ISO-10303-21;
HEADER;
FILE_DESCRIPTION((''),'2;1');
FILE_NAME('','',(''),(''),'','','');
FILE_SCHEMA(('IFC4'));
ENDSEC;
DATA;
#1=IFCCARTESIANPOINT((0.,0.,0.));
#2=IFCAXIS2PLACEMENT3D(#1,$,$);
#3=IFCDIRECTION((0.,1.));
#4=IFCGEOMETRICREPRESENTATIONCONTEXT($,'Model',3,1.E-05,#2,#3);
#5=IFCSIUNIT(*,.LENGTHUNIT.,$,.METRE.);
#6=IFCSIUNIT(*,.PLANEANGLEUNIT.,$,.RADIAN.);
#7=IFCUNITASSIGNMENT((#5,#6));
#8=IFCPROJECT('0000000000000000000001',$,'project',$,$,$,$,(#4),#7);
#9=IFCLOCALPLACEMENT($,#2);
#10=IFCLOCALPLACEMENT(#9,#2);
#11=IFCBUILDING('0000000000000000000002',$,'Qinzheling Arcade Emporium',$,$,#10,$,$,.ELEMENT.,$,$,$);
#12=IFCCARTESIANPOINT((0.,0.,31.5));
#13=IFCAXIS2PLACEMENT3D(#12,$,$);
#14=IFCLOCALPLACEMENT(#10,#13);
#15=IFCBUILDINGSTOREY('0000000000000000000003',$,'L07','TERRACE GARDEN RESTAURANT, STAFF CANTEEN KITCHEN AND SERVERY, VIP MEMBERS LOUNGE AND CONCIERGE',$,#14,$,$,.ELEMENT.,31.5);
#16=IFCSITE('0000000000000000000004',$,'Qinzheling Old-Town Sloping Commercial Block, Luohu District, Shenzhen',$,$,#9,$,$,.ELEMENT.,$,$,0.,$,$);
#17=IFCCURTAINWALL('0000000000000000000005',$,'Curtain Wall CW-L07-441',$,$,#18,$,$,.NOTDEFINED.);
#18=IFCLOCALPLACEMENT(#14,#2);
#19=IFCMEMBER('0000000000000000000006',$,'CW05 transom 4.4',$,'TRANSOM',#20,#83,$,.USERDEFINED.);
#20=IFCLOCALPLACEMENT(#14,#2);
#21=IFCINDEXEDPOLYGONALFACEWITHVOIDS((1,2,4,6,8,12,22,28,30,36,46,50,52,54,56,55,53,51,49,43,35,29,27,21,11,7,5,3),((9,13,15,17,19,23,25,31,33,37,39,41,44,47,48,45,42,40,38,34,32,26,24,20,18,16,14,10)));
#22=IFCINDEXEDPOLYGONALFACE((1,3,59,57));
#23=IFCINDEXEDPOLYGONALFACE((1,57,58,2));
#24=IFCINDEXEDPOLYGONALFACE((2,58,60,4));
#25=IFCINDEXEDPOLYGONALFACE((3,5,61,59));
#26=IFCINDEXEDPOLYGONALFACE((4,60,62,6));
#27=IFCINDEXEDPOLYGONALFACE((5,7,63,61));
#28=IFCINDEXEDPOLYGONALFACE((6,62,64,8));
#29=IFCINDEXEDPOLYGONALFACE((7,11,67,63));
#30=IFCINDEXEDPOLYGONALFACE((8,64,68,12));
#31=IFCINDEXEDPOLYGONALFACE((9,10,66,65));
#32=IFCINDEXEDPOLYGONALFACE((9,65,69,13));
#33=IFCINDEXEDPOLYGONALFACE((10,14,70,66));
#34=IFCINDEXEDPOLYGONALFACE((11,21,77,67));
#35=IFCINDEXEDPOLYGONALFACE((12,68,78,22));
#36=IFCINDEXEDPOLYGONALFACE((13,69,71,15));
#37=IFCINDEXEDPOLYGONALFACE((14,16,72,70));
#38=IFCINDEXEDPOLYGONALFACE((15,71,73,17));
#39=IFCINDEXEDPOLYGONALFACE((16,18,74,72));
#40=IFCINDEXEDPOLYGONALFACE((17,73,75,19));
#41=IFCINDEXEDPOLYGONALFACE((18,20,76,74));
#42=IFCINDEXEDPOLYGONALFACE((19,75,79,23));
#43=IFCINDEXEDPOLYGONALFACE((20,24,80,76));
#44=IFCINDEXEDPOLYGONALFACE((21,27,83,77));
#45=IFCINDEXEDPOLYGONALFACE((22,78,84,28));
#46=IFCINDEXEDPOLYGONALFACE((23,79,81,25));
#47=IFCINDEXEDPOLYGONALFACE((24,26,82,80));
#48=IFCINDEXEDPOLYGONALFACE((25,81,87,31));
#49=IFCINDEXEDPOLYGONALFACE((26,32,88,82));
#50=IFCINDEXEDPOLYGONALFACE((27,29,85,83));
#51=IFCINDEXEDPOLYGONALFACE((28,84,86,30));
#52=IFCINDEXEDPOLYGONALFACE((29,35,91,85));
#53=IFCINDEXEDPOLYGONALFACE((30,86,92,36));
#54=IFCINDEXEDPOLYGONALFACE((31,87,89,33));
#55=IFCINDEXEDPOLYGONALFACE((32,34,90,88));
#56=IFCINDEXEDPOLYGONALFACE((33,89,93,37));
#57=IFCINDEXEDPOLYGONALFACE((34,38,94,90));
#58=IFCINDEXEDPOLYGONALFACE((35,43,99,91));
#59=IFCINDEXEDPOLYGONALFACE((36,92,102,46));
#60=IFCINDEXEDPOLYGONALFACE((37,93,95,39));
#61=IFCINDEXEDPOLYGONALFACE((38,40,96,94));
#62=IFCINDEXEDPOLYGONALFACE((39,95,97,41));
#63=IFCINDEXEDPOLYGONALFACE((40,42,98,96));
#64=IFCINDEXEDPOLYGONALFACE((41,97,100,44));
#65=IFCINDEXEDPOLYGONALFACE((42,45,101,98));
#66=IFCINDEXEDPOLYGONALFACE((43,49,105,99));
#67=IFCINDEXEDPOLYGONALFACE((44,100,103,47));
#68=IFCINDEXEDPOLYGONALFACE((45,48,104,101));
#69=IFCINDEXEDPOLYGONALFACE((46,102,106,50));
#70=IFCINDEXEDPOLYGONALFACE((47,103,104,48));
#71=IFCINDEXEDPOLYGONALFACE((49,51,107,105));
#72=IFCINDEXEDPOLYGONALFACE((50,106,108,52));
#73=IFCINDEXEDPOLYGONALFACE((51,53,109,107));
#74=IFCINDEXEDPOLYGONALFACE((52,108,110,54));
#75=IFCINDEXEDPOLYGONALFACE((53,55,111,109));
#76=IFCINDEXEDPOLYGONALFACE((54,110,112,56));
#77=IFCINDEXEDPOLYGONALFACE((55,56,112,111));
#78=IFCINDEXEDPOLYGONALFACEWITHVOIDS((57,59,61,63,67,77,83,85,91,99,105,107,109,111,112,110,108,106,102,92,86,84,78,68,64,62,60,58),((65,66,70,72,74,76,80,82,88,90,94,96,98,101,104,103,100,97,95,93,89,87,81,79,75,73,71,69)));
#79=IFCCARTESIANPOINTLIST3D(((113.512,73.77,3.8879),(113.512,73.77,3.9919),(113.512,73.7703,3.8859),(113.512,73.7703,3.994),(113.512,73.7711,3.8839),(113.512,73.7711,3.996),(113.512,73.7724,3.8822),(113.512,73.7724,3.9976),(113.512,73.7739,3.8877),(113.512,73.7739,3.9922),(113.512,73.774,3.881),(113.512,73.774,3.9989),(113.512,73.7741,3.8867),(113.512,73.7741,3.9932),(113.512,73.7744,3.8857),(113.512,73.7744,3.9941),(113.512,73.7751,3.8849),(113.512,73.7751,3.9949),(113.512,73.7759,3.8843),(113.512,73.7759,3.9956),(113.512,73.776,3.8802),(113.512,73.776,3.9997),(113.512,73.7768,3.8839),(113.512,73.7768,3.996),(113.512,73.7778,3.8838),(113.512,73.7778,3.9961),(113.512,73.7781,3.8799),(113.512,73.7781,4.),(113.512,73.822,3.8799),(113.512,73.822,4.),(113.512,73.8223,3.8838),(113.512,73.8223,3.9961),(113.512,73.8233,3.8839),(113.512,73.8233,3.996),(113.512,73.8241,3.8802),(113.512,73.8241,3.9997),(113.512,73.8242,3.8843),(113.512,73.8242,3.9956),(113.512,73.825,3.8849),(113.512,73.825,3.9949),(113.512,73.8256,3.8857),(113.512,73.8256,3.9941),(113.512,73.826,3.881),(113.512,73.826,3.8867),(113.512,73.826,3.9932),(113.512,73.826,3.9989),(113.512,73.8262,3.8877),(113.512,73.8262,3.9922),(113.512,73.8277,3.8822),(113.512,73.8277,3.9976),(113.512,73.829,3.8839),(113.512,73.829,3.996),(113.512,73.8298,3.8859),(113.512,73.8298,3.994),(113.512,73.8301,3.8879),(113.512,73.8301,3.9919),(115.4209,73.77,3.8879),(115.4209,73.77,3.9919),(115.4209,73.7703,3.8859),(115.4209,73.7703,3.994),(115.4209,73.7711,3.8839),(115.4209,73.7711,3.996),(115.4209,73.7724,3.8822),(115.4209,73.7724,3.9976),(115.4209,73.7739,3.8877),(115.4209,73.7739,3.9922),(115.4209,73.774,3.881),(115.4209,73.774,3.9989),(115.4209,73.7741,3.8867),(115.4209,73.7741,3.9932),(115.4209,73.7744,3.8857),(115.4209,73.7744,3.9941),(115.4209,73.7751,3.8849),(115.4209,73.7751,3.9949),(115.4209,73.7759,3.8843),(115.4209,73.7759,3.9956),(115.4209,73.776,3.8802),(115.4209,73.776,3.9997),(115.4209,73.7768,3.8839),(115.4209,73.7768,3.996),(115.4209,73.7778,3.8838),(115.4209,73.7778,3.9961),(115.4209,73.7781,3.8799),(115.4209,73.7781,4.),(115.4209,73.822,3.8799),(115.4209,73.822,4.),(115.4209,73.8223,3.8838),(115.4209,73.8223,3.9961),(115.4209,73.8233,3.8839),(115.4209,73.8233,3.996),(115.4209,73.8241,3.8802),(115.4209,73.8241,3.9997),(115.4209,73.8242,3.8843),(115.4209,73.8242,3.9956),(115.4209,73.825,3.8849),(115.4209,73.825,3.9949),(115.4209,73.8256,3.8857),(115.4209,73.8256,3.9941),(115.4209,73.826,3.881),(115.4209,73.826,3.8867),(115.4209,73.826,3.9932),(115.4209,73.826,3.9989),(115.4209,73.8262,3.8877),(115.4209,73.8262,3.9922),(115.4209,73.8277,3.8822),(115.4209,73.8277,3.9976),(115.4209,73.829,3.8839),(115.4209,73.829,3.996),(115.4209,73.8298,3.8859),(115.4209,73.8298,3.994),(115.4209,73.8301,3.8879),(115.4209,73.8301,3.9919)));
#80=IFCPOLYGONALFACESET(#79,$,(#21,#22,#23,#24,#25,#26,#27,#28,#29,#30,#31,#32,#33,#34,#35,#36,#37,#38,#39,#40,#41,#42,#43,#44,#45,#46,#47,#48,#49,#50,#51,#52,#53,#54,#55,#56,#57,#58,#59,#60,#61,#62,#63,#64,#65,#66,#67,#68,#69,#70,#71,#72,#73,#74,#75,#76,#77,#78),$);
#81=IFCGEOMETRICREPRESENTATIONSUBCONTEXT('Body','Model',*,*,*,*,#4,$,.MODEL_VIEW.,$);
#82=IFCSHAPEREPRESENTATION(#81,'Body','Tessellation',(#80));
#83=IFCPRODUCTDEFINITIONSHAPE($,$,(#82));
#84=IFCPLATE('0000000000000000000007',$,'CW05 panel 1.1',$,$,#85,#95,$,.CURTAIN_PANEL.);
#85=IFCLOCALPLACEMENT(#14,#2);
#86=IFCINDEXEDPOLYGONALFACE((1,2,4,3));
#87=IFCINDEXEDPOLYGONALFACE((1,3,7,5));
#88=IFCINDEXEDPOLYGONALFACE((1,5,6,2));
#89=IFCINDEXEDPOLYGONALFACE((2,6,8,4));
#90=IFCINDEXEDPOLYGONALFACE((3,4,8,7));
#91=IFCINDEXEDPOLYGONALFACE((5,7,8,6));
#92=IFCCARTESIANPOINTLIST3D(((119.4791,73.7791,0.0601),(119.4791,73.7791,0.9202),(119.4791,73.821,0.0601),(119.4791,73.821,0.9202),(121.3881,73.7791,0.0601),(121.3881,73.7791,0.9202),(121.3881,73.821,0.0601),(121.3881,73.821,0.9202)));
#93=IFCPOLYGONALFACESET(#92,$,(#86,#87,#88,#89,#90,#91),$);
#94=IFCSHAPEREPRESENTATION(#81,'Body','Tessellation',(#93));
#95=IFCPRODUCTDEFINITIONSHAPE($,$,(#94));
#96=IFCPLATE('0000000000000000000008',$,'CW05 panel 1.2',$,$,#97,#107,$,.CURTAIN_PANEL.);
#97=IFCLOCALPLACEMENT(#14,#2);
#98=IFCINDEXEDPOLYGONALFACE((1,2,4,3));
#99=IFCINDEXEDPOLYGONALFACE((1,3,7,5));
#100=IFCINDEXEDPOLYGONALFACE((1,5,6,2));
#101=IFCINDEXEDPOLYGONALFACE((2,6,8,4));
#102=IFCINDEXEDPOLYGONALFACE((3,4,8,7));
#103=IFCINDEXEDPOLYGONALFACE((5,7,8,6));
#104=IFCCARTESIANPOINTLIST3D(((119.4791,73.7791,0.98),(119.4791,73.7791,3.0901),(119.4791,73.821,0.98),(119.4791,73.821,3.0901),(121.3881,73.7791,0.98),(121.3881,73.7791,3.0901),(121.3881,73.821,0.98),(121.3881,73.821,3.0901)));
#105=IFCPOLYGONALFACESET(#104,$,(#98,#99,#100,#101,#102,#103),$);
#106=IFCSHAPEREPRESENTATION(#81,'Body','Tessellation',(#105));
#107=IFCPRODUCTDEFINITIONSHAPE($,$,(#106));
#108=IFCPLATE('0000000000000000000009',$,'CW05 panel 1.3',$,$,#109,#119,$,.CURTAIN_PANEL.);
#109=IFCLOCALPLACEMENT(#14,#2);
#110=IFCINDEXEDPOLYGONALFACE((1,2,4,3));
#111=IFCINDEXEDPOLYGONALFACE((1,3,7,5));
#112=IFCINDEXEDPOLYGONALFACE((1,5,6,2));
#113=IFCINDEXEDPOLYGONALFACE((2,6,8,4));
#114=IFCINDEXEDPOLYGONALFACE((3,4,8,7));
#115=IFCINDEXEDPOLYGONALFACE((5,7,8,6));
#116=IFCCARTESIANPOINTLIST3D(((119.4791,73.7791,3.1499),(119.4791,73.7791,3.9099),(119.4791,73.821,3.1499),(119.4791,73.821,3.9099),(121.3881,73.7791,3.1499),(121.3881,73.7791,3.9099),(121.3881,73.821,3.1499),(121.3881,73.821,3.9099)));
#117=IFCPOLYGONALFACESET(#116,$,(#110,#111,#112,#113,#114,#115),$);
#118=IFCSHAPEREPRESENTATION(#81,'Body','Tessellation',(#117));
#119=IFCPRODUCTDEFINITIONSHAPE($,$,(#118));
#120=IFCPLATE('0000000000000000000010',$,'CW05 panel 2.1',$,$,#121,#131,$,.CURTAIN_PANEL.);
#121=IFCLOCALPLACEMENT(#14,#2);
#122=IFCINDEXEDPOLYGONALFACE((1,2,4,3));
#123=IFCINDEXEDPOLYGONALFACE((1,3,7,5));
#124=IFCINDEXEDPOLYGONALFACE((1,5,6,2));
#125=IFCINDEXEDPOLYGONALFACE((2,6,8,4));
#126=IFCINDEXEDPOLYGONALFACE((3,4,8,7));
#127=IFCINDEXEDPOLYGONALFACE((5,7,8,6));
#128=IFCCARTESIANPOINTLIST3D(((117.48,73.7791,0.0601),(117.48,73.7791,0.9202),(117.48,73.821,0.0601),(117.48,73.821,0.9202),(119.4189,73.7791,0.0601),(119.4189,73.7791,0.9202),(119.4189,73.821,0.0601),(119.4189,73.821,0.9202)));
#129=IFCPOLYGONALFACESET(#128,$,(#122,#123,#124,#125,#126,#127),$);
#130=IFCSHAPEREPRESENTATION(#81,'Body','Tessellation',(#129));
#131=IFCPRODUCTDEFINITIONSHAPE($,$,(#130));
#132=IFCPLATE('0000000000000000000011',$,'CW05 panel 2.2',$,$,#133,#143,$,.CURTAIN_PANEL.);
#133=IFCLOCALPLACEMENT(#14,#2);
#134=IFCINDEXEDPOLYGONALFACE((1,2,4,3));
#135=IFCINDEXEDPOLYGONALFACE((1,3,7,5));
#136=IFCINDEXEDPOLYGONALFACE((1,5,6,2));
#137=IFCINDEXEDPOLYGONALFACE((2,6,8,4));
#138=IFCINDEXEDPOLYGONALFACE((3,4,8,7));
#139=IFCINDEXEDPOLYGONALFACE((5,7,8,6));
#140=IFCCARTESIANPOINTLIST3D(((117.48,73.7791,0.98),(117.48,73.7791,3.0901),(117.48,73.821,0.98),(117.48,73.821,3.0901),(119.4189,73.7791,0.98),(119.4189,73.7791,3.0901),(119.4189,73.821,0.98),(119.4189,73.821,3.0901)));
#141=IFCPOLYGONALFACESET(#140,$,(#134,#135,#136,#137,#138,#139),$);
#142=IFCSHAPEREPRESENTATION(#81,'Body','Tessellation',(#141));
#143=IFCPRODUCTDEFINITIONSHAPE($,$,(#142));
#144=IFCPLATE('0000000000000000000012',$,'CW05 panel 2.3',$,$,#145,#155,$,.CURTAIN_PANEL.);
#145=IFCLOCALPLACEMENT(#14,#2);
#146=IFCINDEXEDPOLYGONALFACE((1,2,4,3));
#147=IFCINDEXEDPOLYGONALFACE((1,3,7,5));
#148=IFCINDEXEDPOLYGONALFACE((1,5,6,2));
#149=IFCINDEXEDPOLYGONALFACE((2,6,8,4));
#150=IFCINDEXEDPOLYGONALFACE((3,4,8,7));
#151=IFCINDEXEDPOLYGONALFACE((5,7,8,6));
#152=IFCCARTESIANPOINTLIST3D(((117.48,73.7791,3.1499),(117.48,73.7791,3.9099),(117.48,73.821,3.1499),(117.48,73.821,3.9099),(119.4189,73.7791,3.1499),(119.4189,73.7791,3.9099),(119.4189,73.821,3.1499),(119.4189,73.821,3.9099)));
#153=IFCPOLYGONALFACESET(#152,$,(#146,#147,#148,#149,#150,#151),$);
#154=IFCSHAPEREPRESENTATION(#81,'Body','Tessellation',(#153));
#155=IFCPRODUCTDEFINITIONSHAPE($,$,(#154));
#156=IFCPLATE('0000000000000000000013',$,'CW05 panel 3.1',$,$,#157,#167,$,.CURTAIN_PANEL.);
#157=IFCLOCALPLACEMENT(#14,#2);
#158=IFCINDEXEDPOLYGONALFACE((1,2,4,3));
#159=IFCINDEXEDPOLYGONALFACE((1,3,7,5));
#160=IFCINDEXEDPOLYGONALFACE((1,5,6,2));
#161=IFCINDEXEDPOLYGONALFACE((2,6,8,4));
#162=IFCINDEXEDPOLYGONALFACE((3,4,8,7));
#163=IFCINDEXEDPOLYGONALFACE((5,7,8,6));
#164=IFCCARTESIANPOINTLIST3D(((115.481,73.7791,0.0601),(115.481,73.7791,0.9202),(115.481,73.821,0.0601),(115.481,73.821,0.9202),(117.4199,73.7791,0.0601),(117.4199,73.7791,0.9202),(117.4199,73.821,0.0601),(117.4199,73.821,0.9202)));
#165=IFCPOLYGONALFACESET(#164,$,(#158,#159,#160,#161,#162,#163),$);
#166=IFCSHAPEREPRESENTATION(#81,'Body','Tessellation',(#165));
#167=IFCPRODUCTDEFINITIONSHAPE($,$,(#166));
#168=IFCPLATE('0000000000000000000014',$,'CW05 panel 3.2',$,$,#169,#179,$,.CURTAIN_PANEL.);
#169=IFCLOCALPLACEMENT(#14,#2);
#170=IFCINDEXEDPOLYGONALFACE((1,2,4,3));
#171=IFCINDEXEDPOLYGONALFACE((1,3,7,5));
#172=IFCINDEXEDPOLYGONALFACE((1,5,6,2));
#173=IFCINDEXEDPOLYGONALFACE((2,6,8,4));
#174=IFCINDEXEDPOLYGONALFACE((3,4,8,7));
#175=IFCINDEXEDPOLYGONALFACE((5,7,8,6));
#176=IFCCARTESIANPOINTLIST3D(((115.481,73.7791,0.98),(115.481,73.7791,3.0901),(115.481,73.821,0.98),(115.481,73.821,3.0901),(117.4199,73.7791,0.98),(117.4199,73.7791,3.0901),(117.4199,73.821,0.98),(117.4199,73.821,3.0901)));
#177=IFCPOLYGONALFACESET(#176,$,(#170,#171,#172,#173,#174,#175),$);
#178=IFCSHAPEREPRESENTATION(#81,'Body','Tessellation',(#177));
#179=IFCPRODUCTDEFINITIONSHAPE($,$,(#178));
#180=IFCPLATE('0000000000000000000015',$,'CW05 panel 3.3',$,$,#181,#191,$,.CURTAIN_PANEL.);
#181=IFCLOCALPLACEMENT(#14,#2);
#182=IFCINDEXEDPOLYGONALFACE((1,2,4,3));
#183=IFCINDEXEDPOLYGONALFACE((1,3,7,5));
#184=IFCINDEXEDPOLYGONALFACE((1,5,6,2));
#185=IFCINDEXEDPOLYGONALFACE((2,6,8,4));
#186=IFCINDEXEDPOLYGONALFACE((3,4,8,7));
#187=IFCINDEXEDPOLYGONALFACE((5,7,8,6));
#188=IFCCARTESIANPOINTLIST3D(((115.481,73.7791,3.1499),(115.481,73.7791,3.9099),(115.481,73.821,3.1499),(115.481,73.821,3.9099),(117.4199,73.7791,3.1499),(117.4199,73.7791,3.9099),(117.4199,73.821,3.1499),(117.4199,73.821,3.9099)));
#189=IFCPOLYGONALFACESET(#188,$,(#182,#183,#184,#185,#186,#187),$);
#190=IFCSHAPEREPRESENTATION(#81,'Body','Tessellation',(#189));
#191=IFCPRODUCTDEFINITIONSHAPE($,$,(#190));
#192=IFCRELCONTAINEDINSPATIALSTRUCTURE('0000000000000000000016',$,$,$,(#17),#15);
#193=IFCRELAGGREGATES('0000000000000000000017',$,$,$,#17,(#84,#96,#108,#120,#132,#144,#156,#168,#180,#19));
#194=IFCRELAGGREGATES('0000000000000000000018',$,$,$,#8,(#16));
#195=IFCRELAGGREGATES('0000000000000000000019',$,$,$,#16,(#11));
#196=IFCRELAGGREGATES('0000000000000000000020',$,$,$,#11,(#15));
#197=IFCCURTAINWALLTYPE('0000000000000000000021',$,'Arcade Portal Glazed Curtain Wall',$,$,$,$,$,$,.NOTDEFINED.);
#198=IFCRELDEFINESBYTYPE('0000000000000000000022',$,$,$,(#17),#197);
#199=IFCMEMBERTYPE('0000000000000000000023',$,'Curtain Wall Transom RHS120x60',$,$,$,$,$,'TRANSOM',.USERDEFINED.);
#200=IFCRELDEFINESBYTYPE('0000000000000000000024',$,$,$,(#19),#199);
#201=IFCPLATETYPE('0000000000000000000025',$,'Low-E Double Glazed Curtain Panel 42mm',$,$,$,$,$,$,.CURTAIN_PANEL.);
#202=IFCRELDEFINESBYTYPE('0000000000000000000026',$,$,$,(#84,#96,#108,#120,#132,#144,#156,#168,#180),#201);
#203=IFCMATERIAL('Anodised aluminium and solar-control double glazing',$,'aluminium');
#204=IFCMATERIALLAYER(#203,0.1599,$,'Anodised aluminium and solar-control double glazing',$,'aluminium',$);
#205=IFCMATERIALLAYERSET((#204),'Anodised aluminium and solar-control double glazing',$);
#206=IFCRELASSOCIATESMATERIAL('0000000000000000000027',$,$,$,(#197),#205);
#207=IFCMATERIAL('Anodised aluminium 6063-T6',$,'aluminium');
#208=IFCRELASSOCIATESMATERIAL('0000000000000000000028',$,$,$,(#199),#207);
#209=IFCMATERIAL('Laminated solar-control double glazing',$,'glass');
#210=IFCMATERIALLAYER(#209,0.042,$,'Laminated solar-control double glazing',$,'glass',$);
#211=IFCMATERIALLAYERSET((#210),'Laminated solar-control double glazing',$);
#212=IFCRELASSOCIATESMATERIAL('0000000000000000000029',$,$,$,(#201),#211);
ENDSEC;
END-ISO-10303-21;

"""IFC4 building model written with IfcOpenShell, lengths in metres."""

from ifc_helpers import new_model, si_unit, direction, frame, origin, origin_2d, place, context, subcontext, project, spatial, rectangle, hollow_rectangle, extrude, material, layer, layer_set, material_profile, profile_set, type_object, element, aggregate, save


model = new_model("IFC4")

# Units and contexts
model_context = context("Model", 3, precision=1e-05, world=origin(), true_north=direction((0.0, 1.0)))
body_context = subcontext(model_context, "Body", "Model", "MODEL_VIEW")
ifc_project = project(units=[si_unit("LENGTHUNIT", "METRE"), si_unit("PLANEANGLEUNIT", "RADIAN")], contexts=[model_context])

# Site, building, storey
site_placement = place(None, origin())
site = spatial("IfcSite", under=ifc_project, at=site_placement, Name="Qinzheling Old-Town Sloping Commercial Block, Luohu District, Shenzhen", CompositionType="ELEMENT", RefElevation=0.0)
building_placement = place(site_placement, origin())
building = spatial("IfcBuilding", under=site, at=building_placement, Name="Qinzheling Arcade Emporium", CompositionType="ELEMENT")
storey_placement = place(building_placement, frame((0.0, 0.0, 31.5)))
storey = spatial("IfcBuildingStorey", under=building, at=storey_placement, Name="L07", Description="TERRACE GARDEN RESTAURANT, STAFF CANTEEN KITCHEN AND SERVERY, VIP MEMBERS LOUNGE AND CONCIERGE", CompositionType="ELEMENT", Elevation=31.5)

# Curtain wall, member, plates
ifc_material_1 = material(Name="Anodised aluminium and solar-control double glazing", Category="aluminium")
ifc_layer_1 = layer(ifc_material_1, 0.1599, Name="Anodised aluminium and solar-control double glazing", Category="aluminium")
ifc_layer_set_1 = layer_set([ifc_layer_1], Name="Anodised aluminium and solar-control double glazing")
curtain_wall_type = type_object("IfcCurtainWallType", Name="Arcade Portal Glazed Curtain Wall", PredefinedType="NOTDEFINED", material=ifc_layer_set_1)
curtain_wall_placement = place(storey_placement, origin())
curtain_wall = element("IfcCurtainWall", 1, at=curtain_wall_placement, inside=storey, type_object=curtain_wall_type, Name="Curtain Wall CW-L07-441", PredefinedType="NOTDEFINED")
ifc_material_2 = material(Name="Anodised aluminium 6063-T6", Category="aluminium")
ifc_material_profile_1 = material_profile(ifc_material_2, hollow_rectangle(XDim=0.0601, YDim=0.1201, WallThickness=0.0039, InnerFilletRadius=0.0039, OuterFilletRadius=0.0081, at=origin_2d()), Name="RHS 120x60x4", Category="aluminium")
ifc_profile_set_1 = profile_set([ifc_material_profile_1], Name="Anodised aluminium 6063-T6")
member_type_1 = type_object("IfcMemberType", Name="Curtain Wall Transom RHS120x60", ElementType="TRANSOM", PredefinedType="USERDEFINED", material=ifc_profile_set_1)
member_1_placement = place(storey_placement, frame((115.4209, 73.8, 3.9399), z_axis=(-1.0, 0.0, 0.0), x_axis=(0.0, -1.0, 0.0)))
member_1 = element("IfcMember", 2, at=member_1_placement, type_object=member_type_1, Name="CW05 transom 4.4", ObjectType="TRANSOM", PredefinedType="USERDEFINED", context=body_context, shape_type="SweptSolid", body=[
    extrude(hollow_rectangle(XDim=0.0601, YDim=0.1201, WallThickness=0.0039, InnerFilletRadius=0.0039, OuterFilletRadius=0.0081, at=origin_2d()), origin(), (0.0, 0.0, 1.0), 1.9089),
])
ifc_material_3 = material(Name="Laminated solar-control double glazing", Category="glass")
ifc_layer_2 = layer(ifc_material_3, 0.042, Name="Laminated solar-control double glazing", Category="glass")
ifc_layer_set_2 = layer_set([ifc_layer_2], Name="Laminated solar-control double glazing")
plate_type = type_object("IfcPlateType", Name="Low-E Double Glazed Curtain Panel 42mm", PredefinedType="CURTAIN_PANEL", material=ifc_layer_set_2)
plate_1_placement = place(storey_placement, frame((120.4336, 73.8, 0.0601), z_axis=(0.0, 0.0, 1.0), x_axis=(-1.0, 0.0, 0.0)))
plate_1 = element("IfcPlate", 3, at=plate_1_placement, type_object=plate_type, Name="CW05 panel 1.1", PredefinedType="CURTAIN_PANEL", context=body_context, shape_type="SweptSolid", body=[
    extrude(rectangle(XDim=1.9089, YDim=0.042, at=origin_2d()), origin(), (0.0, 0.0, 1.0), 0.8601),
])
plate_2_placement = place(storey_placement, frame((120.4336, 73.8, 0.98), z_axis=(0.0, 0.0, 1.0), x_axis=(-1.0, 0.0, 0.0)))
plate_2 = element("IfcPlate", 4, at=plate_2_placement, type_object=plate_type, Name="CW05 panel 1.2", PredefinedType="CURTAIN_PANEL", context=body_context, shape_type="SweptSolid", body=[
    extrude(rectangle(XDim=1.9089, YDim=0.042, at=origin_2d()), origin(), (0.0, 0.0, 1.0), 2.1101),
])
plate_3_placement = place(storey_placement, frame((120.4336, 73.8, 3.1499), z_axis=(0.0, 0.0, 1.0), x_axis=(-1.0, 0.0, 0.0)))
plate_3 = element("IfcPlate", 5, at=plate_3_placement, type_object=plate_type, Name="CW05 panel 1.3", PredefinedType="CURTAIN_PANEL", context=body_context, shape_type="SweptSolid", body=[
    extrude(rectangle(XDim=1.9089, YDim=0.042, at=origin_2d()), origin(), (0.0, 0.0, 1.0), 0.76),
])
plate_4_placement = place(storey_placement, frame((118.4495, 73.8, 0.0601), z_axis=(0.0, 0.0, 1.0), x_axis=(-1.0, 0.0, 0.0)))
plate_4 = element("IfcPlate", 6, at=plate_4_placement, type_object=plate_type, Name="CW05 panel 2.1", PredefinedType="CURTAIN_PANEL", context=body_context, shape_type="SweptSolid", body=[
    extrude(rectangle(XDim=1.939, YDim=0.042, at=origin_2d()), origin(), (0.0, 0.0, 1.0), 0.8601),
])
plate_5_placement = place(storey_placement, frame((118.4495, 73.8, 0.98), z_axis=(0.0, 0.0, 1.0), x_axis=(-1.0, 0.0, 0.0)))
plate_5 = element("IfcPlate", 7, at=plate_5_placement, type_object=plate_type, Name="CW05 panel 2.2", PredefinedType="CURTAIN_PANEL", context=body_context, shape_type="SweptSolid", body=[
    extrude(rectangle(XDim=1.939, YDim=0.042, at=origin_2d()), origin(), (0.0, 0.0, 1.0), 2.1101),
])
plate_6_placement = place(storey_placement, frame((118.4495, 73.8, 3.1499), z_axis=(0.0, 0.0, 1.0), x_axis=(-1.0, 0.0, 0.0)))
plate_6 = element("IfcPlate", 8, at=plate_6_placement, type_object=plate_type, Name="CW05 panel 2.3", PredefinedType="CURTAIN_PANEL", context=body_context, shape_type="SweptSolid", body=[
    extrude(rectangle(XDim=1.939, YDim=0.042, at=origin_2d()), origin(), (0.0, 0.0, 1.0), 0.76),
])
plate_7_placement = place(storey_placement, frame((116.4504, 73.8, 0.0601), z_axis=(0.0, 0.0, 1.0), x_axis=(-1.0, 0.0, 0.0)))
plate_7 = element("IfcPlate", 9, at=plate_7_placement, type_object=plate_type, Name="CW05 panel 3.1", PredefinedType="CURTAIN_PANEL", context=body_context, shape_type="SweptSolid", body=[
    extrude(rectangle(XDim=1.939, YDim=0.042, at=origin_2d()), origin(), (0.0, 0.0, 1.0), 0.8601),
])
plate_8_placement = place(storey_placement, frame((116.4504, 73.8, 0.98), z_axis=(0.0, 0.0, 1.0), x_axis=(-1.0, 0.0, 0.0)))
plate_8 = element("IfcPlate", 10, at=plate_8_placement, type_object=plate_type, Name="CW05 panel 3.2", PredefinedType="CURTAIN_PANEL", context=body_context, shape_type="SweptSolid", body=[
    extrude(rectangle(XDim=1.939, YDim=0.042, at=origin_2d()), origin(), (0.0, 0.0, 1.0), 2.1101),
])
plate_9_placement = place(storey_placement, frame((116.4504, 73.8, 3.1499), z_axis=(0.0, 0.0, 1.0), x_axis=(-1.0, 0.0, 0.0)))
plate_9 = element("IfcPlate", 11, at=plate_9_placement, type_object=plate_type, Name="CW05 panel 3.3", PredefinedType="CURTAIN_PANEL", context=body_context, shape_type="SweptSolid", body=[
    extrude(rectangle(XDim=1.939, YDim=0.042, at=origin_2d()), origin(), (0.0, 0.0, 1.0), 0.76),
])
aggregate(curtain_wall, [plate_1, plate_2, plate_3, plate_4, plate_5, plate_6, plate_7, plate_8, plate_9, member_1])

save(model, "model.ifc")
